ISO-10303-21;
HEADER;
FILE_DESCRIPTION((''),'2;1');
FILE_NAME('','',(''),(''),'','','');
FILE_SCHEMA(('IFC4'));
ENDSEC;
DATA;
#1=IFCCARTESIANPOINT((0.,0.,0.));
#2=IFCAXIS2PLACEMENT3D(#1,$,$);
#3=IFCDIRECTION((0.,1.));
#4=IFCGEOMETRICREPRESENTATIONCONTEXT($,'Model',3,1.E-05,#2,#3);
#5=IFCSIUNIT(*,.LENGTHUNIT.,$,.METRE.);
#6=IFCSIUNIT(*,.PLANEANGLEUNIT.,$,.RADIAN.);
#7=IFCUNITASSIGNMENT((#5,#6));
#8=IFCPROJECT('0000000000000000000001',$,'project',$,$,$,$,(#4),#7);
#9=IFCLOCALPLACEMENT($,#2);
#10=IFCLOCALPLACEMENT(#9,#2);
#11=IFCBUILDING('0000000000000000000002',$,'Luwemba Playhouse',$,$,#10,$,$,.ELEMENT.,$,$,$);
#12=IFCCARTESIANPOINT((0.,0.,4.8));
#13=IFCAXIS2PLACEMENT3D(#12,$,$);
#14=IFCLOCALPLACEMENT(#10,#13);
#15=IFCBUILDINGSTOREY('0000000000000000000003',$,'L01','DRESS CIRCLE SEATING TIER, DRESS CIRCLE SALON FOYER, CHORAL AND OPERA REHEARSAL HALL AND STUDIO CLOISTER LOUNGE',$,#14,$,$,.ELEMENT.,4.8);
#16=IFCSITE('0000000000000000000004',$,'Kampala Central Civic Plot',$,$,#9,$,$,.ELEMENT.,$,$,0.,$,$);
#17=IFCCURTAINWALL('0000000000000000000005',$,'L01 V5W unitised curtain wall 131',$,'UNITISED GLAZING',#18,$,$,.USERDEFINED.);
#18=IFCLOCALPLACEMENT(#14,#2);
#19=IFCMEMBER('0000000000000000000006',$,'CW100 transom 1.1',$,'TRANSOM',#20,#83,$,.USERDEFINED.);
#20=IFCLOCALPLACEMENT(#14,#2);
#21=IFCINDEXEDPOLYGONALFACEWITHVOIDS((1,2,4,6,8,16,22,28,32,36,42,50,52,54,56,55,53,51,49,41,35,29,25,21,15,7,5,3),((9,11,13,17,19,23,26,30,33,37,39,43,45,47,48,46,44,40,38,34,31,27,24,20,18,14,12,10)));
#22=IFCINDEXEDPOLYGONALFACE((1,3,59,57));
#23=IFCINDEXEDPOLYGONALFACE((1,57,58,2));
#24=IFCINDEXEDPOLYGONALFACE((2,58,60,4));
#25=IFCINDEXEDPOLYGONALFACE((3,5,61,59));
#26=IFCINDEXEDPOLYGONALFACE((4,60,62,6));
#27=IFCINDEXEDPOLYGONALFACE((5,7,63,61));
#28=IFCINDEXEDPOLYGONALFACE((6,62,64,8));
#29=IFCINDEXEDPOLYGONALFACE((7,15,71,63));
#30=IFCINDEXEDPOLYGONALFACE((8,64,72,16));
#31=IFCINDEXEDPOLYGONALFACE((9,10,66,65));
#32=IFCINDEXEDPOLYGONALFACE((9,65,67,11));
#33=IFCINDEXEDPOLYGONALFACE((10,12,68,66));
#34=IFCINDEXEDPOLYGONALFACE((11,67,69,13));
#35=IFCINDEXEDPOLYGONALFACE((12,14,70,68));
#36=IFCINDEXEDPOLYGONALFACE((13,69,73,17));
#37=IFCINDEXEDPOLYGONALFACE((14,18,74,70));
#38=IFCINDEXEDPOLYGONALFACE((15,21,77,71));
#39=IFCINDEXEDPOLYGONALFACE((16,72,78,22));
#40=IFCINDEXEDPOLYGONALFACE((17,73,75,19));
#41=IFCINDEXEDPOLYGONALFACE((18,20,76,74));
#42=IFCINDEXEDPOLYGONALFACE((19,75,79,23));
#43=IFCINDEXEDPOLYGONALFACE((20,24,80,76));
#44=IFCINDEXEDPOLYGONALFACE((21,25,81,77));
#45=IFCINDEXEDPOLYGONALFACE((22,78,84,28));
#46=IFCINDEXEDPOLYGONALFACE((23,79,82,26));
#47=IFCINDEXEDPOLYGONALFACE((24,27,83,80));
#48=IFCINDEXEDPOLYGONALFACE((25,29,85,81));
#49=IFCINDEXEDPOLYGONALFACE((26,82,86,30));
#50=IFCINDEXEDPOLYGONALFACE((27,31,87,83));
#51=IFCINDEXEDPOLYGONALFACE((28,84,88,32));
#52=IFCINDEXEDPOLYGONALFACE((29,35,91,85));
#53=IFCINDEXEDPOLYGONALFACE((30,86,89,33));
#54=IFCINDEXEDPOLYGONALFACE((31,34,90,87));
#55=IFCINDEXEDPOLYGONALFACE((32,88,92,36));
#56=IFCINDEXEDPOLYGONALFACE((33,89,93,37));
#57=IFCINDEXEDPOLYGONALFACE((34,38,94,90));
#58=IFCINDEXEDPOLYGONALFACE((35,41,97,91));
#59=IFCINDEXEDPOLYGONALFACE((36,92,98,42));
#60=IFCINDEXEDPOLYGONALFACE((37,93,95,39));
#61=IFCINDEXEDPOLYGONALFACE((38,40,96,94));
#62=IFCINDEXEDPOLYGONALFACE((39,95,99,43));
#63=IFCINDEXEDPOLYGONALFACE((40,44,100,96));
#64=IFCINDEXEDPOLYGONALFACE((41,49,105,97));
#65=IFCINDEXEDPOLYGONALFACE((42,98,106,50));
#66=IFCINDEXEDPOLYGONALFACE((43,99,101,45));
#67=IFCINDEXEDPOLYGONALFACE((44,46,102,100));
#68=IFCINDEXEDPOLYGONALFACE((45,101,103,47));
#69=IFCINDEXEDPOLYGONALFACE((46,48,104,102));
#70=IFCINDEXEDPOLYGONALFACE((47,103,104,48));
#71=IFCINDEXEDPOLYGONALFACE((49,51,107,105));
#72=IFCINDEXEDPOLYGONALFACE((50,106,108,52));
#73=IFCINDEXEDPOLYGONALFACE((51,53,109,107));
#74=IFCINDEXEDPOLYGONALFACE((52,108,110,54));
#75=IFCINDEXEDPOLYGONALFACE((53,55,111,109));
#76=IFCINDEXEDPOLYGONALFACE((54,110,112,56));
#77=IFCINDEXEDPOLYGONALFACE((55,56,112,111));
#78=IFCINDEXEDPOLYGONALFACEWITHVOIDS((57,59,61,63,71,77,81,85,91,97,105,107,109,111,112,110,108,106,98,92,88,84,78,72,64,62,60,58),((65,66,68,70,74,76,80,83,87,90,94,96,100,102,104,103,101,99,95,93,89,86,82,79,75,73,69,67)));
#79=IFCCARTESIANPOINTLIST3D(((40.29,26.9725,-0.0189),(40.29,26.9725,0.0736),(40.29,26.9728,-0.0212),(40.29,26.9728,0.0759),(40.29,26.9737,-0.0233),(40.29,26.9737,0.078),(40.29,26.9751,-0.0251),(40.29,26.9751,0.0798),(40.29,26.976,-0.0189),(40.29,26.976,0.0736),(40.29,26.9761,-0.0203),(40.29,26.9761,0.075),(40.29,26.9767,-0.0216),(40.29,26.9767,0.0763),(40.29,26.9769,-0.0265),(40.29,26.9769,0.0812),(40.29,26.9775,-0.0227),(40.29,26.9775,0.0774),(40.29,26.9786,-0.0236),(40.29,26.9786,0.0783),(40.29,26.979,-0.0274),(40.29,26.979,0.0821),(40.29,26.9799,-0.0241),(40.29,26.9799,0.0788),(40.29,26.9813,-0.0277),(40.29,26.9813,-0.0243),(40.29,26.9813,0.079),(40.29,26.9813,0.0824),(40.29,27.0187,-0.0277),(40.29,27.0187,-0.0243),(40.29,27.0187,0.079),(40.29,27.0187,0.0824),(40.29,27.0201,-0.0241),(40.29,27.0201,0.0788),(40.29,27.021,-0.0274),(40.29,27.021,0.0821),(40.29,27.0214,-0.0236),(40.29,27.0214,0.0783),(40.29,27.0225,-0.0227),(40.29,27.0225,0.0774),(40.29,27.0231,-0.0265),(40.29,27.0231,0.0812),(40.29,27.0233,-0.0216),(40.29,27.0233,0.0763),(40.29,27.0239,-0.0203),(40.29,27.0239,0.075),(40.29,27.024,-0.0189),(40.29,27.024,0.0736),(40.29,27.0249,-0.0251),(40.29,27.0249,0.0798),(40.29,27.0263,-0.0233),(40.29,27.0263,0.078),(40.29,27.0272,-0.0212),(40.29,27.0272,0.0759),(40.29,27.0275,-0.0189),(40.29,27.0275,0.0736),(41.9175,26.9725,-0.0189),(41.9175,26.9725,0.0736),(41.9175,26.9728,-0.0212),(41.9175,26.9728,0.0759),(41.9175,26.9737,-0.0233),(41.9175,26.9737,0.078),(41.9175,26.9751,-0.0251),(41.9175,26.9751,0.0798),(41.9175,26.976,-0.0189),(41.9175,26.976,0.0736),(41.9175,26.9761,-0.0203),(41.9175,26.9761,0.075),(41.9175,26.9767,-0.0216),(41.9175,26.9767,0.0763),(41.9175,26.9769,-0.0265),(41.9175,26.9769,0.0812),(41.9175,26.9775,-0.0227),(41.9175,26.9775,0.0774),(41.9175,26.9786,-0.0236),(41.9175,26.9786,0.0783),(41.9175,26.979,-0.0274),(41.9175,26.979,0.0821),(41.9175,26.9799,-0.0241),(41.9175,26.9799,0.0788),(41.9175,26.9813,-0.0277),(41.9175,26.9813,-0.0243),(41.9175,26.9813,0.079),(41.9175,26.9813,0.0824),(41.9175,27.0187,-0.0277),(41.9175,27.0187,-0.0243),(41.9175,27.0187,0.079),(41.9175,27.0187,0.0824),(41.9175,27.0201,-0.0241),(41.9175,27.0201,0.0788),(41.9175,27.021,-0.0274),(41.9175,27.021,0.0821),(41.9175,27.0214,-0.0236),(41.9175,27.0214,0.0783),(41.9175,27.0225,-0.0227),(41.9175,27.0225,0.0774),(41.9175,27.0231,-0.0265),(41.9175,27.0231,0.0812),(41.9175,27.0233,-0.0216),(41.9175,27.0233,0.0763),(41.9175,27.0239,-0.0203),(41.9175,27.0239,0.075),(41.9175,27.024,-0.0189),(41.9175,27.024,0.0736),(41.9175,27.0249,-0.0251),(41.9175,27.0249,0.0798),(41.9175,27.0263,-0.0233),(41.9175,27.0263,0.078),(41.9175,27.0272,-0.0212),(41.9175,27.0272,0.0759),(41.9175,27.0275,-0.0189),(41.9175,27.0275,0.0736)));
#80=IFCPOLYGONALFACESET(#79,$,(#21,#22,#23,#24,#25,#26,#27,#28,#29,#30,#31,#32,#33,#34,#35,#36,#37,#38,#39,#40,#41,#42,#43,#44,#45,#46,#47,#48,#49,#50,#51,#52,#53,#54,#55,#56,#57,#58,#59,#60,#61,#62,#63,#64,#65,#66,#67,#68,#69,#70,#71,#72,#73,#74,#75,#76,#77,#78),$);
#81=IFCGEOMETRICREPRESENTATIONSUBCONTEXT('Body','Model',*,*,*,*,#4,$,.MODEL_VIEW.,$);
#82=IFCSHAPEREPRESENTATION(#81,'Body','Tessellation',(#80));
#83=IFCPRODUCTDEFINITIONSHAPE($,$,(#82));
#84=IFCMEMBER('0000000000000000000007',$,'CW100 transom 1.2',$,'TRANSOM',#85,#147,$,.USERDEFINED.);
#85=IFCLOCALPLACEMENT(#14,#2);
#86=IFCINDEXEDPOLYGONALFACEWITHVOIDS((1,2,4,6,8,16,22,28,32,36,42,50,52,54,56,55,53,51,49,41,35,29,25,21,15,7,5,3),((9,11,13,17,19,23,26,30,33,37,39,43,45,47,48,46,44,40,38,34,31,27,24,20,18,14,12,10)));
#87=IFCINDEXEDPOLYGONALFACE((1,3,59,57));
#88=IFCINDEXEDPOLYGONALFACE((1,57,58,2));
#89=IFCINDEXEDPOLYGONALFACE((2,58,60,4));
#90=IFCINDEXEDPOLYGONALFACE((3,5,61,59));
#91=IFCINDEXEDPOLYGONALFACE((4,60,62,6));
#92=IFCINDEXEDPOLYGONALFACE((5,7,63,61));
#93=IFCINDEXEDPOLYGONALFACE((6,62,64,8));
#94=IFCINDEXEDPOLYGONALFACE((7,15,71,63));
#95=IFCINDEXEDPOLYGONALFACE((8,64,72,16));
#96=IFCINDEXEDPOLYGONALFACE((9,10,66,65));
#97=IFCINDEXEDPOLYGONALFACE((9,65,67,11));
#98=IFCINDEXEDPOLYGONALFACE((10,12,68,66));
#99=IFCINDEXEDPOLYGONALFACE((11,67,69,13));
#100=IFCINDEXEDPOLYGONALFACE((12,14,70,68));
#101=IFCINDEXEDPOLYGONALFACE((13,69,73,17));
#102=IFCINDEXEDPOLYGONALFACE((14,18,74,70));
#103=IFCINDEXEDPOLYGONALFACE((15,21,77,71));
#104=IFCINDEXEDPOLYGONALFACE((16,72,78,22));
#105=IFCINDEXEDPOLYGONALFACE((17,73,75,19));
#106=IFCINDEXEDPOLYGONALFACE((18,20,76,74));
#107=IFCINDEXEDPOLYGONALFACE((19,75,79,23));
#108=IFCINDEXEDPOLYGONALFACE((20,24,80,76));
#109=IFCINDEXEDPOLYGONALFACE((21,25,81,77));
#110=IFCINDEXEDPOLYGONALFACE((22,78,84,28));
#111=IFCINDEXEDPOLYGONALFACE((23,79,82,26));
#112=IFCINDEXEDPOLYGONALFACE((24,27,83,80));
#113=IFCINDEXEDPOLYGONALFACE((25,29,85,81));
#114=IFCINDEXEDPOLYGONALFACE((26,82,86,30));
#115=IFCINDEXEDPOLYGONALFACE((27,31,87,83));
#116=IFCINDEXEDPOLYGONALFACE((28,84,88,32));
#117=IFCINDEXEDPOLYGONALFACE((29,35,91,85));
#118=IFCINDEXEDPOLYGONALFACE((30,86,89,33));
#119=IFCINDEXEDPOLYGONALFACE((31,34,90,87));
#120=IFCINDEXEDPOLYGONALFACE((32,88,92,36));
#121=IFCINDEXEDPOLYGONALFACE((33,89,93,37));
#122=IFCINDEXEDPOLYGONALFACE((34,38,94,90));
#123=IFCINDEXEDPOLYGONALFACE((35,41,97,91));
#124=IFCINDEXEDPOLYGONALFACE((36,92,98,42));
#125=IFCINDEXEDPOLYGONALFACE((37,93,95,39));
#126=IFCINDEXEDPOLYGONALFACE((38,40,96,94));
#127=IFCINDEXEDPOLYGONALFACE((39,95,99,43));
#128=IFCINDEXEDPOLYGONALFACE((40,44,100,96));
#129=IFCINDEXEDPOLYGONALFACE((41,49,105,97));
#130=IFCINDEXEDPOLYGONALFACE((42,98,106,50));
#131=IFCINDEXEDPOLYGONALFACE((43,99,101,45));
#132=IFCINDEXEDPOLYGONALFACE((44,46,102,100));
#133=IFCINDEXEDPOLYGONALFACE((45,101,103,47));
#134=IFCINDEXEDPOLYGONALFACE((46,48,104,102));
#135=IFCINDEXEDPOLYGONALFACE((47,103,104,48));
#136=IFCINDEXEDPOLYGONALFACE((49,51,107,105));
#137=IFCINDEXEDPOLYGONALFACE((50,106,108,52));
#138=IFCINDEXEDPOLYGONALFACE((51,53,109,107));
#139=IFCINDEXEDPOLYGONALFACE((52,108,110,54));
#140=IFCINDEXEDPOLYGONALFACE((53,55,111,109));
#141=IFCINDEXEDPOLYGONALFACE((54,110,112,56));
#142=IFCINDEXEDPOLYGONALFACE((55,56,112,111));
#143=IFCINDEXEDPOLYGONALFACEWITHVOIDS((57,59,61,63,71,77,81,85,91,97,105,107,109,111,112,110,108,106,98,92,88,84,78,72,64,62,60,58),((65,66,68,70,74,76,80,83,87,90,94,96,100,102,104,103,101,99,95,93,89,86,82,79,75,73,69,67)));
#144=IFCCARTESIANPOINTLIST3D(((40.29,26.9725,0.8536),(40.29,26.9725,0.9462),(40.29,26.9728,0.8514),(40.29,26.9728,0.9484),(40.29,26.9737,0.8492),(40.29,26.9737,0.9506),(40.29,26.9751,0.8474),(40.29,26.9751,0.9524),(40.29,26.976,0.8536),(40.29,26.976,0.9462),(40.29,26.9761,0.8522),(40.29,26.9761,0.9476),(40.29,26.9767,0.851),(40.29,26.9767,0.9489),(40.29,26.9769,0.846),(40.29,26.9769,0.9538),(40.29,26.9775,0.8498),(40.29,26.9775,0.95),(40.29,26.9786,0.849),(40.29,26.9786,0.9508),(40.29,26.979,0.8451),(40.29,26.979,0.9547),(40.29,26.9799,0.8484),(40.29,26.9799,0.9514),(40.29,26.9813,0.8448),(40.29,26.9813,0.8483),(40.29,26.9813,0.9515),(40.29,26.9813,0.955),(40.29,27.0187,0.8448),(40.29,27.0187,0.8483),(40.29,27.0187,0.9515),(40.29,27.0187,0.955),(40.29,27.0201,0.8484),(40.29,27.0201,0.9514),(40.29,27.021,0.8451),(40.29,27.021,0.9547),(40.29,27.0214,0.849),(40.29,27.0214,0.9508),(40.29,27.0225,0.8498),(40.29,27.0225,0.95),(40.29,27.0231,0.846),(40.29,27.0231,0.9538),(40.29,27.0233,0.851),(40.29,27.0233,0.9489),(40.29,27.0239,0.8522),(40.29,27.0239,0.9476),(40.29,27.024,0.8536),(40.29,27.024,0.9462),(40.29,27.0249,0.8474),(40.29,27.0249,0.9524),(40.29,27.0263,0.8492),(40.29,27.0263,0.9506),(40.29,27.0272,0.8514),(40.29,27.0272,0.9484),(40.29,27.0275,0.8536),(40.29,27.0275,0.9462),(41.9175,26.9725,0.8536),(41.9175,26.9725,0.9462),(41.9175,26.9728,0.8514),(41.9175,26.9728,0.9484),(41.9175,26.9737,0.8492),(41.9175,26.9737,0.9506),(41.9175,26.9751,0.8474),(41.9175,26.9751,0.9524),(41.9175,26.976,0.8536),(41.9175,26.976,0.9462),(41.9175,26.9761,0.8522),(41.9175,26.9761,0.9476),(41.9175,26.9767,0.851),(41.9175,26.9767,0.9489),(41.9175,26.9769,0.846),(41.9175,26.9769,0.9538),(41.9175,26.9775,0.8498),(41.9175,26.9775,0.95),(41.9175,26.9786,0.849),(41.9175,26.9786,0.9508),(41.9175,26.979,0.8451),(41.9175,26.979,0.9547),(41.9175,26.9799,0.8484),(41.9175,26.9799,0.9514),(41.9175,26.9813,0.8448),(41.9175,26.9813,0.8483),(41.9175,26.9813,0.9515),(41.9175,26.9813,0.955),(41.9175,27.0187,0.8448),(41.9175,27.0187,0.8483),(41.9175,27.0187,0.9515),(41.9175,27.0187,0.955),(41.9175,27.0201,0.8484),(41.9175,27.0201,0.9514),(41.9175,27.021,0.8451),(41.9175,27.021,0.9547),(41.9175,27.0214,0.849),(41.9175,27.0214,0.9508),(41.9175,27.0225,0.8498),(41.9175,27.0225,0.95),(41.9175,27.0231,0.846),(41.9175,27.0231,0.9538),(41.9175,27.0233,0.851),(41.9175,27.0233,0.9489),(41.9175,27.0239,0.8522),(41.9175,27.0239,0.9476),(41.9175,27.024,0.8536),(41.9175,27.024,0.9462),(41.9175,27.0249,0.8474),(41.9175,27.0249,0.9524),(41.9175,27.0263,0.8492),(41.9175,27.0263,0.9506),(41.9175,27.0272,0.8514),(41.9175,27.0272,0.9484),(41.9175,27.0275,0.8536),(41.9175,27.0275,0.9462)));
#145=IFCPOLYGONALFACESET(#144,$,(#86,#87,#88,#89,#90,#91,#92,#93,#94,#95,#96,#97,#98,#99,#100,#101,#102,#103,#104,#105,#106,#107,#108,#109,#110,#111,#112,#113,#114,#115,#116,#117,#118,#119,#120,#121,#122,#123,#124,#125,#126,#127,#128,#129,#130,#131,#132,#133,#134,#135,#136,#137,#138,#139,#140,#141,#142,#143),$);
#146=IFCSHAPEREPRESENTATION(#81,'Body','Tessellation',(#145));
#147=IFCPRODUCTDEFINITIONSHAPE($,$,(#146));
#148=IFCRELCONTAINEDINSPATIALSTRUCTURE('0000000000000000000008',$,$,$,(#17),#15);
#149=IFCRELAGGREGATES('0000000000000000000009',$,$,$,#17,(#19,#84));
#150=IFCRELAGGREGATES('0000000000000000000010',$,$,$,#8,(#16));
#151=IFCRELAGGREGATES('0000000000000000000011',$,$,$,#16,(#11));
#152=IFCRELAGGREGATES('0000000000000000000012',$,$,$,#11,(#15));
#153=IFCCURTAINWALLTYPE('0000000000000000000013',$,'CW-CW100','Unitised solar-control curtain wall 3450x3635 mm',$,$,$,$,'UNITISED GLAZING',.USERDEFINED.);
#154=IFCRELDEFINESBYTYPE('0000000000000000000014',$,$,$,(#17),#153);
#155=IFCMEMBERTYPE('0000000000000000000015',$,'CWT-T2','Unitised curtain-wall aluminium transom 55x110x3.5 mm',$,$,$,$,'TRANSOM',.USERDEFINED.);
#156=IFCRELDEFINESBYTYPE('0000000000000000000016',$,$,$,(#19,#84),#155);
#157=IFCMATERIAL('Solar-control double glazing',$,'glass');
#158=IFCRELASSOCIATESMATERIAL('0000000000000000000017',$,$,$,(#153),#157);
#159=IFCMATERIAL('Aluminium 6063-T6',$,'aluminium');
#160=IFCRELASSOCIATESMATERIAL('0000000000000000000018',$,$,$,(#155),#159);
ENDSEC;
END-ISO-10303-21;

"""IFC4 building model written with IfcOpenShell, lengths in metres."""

from ifc_helpers import new_model, si_unit, direction, frame, origin, origin_2d, place, context, subcontext, project, spatial, hollow_rectangle, extrude, material, material_profile, profile_set, type_object, element, aggregate, save


model = new_model("IFC4")

# Units and contexts
model_context = context("Model", 3, precision=1e-05, world=origin(), true_north=direction((0.0, 1.0)))
body_context = subcontext(model_context, "Body", "Model", "MODEL_VIEW")
ifc_project = project(units=[si_unit("LENGTHUNIT", "METRE"), si_unit("PLANEANGLEUNIT", "RADIAN")], contexts=[model_context])

# Site, building, storey
site_placement = place(None, origin())
site = spatial("IfcSite", under=ifc_project, at=site_placement, Name="Kampala Central Civic Plot", CompositionType="ELEMENT", RefElevation=0.0)
building_placement = place(site_placement, origin())
building = spatial("IfcBuilding", under=site, at=building_placement, Name="Luwemba Playhouse", CompositionType="ELEMENT")
storey_placement = place(building_placement, frame((0.0, 0.0, 4.8)))
storey = spatial("IfcBuildingStorey", under=building, at=storey_placement, Name="L01", Description="DRESS CIRCLE SEATING TIER, DRESS CIRCLE SALON FOYER, CHORAL AND OPERA REHEARSAL HALL AND STUDIO CLOISTER LOUNGE", CompositionType="ELEMENT", Elevation=4.8)

# Curtain wall
ifc_material_1 = material(Name="Solar-control double glazing", Category="glass")
ifc_material_2 = material(Name="Aluminium 6063-T6", Category="aluminium")
curtain_wall_type_1 = type_object("IfcCurtainWallType", Name="CW-CW100", Description="Unitised solar-control curtain wall 3450x3635 mm", ElementType="UNITISED GLAZING", PredefinedType="USERDEFINED", material=ifc_material_1)
curtain_wall_1_placement = place(storey_placement, origin())
curtain_wall_1 = element("IfcCurtainWall", 1, at=curtain_wall_1_placement, inside=storey, type_object=curtain_wall_type_1, Name="L01 V5W unitised curtain wall 131", ObjectType="UNITISED GLAZING", PredefinedType="USERDEFINED")

# Members
ifc_material_profile_1 = material_profile(ifc_material_2, hollow_rectangle(XDim=0.0549, YDim=0.1101, WallThickness=0.0034, InnerFilletRadius=0.0054, OuterFilletRadius=0.0088, at=origin_2d()))
ifc_profile_set_1 = profile_set([ifc_material_profile_1], Name="Aluminium 6063-T6")
member_type_1 = type_object("IfcMemberType", Name="CWT-T2", Description="Unitised curtain-wall aluminium transom 55x110x3.5 mm", ElementType="TRANSOM", PredefinedType="USERDEFINED", material=ifc_profile_set_1)
member_1_placement = place(storey_placement, frame((40.29, 27.0, 0.0273), z_axis=(1.0, 0.0, 0.0), x_axis=(0.0, 1.0, 0.0)))
member_1 = element("IfcMember", 2, at=member_1_placement, type_object=member_type_1, Name="CW100 transom 1.1", ObjectType="TRANSOM", PredefinedType="USERDEFINED", context=body_context, shape_type="SweptSolid", body=[
    extrude(hollow_rectangle(XDim=0.0549, YDim=0.1101, WallThickness=0.0034, InnerFilletRadius=0.0054, OuterFilletRadius=0.0088, at=origin_2d()), origin(), (0.0, 0.0, 1.0), 1.6274),
])
member_2_placement = place(storey_placement, frame((40.29, 27.0, 0.8999), z_axis=(1.0, 0.0, 0.0), x_axis=(0.0, 1.0, 0.0)))
member_2 = element("IfcMember", 3, at=member_2_placement, type_object=member_type_1, Name="CW100 transom 1.2", ObjectType="TRANSOM", PredefinedType="USERDEFINED", context=body_context, shape_type="SweptSolid", body=[
    extrude(hollow_rectangle(XDim=0.0549, YDim=0.1101, WallThickness=0.0034, InnerFilletRadius=0.0054, OuterFilletRadius=0.0088, at=origin_2d()), origin(), (0.0, 0.0, 1.0), 1.6274),
])

aggregate(curtain_wall_1, [member_1, member_2])

save(model, "model.ifc")
